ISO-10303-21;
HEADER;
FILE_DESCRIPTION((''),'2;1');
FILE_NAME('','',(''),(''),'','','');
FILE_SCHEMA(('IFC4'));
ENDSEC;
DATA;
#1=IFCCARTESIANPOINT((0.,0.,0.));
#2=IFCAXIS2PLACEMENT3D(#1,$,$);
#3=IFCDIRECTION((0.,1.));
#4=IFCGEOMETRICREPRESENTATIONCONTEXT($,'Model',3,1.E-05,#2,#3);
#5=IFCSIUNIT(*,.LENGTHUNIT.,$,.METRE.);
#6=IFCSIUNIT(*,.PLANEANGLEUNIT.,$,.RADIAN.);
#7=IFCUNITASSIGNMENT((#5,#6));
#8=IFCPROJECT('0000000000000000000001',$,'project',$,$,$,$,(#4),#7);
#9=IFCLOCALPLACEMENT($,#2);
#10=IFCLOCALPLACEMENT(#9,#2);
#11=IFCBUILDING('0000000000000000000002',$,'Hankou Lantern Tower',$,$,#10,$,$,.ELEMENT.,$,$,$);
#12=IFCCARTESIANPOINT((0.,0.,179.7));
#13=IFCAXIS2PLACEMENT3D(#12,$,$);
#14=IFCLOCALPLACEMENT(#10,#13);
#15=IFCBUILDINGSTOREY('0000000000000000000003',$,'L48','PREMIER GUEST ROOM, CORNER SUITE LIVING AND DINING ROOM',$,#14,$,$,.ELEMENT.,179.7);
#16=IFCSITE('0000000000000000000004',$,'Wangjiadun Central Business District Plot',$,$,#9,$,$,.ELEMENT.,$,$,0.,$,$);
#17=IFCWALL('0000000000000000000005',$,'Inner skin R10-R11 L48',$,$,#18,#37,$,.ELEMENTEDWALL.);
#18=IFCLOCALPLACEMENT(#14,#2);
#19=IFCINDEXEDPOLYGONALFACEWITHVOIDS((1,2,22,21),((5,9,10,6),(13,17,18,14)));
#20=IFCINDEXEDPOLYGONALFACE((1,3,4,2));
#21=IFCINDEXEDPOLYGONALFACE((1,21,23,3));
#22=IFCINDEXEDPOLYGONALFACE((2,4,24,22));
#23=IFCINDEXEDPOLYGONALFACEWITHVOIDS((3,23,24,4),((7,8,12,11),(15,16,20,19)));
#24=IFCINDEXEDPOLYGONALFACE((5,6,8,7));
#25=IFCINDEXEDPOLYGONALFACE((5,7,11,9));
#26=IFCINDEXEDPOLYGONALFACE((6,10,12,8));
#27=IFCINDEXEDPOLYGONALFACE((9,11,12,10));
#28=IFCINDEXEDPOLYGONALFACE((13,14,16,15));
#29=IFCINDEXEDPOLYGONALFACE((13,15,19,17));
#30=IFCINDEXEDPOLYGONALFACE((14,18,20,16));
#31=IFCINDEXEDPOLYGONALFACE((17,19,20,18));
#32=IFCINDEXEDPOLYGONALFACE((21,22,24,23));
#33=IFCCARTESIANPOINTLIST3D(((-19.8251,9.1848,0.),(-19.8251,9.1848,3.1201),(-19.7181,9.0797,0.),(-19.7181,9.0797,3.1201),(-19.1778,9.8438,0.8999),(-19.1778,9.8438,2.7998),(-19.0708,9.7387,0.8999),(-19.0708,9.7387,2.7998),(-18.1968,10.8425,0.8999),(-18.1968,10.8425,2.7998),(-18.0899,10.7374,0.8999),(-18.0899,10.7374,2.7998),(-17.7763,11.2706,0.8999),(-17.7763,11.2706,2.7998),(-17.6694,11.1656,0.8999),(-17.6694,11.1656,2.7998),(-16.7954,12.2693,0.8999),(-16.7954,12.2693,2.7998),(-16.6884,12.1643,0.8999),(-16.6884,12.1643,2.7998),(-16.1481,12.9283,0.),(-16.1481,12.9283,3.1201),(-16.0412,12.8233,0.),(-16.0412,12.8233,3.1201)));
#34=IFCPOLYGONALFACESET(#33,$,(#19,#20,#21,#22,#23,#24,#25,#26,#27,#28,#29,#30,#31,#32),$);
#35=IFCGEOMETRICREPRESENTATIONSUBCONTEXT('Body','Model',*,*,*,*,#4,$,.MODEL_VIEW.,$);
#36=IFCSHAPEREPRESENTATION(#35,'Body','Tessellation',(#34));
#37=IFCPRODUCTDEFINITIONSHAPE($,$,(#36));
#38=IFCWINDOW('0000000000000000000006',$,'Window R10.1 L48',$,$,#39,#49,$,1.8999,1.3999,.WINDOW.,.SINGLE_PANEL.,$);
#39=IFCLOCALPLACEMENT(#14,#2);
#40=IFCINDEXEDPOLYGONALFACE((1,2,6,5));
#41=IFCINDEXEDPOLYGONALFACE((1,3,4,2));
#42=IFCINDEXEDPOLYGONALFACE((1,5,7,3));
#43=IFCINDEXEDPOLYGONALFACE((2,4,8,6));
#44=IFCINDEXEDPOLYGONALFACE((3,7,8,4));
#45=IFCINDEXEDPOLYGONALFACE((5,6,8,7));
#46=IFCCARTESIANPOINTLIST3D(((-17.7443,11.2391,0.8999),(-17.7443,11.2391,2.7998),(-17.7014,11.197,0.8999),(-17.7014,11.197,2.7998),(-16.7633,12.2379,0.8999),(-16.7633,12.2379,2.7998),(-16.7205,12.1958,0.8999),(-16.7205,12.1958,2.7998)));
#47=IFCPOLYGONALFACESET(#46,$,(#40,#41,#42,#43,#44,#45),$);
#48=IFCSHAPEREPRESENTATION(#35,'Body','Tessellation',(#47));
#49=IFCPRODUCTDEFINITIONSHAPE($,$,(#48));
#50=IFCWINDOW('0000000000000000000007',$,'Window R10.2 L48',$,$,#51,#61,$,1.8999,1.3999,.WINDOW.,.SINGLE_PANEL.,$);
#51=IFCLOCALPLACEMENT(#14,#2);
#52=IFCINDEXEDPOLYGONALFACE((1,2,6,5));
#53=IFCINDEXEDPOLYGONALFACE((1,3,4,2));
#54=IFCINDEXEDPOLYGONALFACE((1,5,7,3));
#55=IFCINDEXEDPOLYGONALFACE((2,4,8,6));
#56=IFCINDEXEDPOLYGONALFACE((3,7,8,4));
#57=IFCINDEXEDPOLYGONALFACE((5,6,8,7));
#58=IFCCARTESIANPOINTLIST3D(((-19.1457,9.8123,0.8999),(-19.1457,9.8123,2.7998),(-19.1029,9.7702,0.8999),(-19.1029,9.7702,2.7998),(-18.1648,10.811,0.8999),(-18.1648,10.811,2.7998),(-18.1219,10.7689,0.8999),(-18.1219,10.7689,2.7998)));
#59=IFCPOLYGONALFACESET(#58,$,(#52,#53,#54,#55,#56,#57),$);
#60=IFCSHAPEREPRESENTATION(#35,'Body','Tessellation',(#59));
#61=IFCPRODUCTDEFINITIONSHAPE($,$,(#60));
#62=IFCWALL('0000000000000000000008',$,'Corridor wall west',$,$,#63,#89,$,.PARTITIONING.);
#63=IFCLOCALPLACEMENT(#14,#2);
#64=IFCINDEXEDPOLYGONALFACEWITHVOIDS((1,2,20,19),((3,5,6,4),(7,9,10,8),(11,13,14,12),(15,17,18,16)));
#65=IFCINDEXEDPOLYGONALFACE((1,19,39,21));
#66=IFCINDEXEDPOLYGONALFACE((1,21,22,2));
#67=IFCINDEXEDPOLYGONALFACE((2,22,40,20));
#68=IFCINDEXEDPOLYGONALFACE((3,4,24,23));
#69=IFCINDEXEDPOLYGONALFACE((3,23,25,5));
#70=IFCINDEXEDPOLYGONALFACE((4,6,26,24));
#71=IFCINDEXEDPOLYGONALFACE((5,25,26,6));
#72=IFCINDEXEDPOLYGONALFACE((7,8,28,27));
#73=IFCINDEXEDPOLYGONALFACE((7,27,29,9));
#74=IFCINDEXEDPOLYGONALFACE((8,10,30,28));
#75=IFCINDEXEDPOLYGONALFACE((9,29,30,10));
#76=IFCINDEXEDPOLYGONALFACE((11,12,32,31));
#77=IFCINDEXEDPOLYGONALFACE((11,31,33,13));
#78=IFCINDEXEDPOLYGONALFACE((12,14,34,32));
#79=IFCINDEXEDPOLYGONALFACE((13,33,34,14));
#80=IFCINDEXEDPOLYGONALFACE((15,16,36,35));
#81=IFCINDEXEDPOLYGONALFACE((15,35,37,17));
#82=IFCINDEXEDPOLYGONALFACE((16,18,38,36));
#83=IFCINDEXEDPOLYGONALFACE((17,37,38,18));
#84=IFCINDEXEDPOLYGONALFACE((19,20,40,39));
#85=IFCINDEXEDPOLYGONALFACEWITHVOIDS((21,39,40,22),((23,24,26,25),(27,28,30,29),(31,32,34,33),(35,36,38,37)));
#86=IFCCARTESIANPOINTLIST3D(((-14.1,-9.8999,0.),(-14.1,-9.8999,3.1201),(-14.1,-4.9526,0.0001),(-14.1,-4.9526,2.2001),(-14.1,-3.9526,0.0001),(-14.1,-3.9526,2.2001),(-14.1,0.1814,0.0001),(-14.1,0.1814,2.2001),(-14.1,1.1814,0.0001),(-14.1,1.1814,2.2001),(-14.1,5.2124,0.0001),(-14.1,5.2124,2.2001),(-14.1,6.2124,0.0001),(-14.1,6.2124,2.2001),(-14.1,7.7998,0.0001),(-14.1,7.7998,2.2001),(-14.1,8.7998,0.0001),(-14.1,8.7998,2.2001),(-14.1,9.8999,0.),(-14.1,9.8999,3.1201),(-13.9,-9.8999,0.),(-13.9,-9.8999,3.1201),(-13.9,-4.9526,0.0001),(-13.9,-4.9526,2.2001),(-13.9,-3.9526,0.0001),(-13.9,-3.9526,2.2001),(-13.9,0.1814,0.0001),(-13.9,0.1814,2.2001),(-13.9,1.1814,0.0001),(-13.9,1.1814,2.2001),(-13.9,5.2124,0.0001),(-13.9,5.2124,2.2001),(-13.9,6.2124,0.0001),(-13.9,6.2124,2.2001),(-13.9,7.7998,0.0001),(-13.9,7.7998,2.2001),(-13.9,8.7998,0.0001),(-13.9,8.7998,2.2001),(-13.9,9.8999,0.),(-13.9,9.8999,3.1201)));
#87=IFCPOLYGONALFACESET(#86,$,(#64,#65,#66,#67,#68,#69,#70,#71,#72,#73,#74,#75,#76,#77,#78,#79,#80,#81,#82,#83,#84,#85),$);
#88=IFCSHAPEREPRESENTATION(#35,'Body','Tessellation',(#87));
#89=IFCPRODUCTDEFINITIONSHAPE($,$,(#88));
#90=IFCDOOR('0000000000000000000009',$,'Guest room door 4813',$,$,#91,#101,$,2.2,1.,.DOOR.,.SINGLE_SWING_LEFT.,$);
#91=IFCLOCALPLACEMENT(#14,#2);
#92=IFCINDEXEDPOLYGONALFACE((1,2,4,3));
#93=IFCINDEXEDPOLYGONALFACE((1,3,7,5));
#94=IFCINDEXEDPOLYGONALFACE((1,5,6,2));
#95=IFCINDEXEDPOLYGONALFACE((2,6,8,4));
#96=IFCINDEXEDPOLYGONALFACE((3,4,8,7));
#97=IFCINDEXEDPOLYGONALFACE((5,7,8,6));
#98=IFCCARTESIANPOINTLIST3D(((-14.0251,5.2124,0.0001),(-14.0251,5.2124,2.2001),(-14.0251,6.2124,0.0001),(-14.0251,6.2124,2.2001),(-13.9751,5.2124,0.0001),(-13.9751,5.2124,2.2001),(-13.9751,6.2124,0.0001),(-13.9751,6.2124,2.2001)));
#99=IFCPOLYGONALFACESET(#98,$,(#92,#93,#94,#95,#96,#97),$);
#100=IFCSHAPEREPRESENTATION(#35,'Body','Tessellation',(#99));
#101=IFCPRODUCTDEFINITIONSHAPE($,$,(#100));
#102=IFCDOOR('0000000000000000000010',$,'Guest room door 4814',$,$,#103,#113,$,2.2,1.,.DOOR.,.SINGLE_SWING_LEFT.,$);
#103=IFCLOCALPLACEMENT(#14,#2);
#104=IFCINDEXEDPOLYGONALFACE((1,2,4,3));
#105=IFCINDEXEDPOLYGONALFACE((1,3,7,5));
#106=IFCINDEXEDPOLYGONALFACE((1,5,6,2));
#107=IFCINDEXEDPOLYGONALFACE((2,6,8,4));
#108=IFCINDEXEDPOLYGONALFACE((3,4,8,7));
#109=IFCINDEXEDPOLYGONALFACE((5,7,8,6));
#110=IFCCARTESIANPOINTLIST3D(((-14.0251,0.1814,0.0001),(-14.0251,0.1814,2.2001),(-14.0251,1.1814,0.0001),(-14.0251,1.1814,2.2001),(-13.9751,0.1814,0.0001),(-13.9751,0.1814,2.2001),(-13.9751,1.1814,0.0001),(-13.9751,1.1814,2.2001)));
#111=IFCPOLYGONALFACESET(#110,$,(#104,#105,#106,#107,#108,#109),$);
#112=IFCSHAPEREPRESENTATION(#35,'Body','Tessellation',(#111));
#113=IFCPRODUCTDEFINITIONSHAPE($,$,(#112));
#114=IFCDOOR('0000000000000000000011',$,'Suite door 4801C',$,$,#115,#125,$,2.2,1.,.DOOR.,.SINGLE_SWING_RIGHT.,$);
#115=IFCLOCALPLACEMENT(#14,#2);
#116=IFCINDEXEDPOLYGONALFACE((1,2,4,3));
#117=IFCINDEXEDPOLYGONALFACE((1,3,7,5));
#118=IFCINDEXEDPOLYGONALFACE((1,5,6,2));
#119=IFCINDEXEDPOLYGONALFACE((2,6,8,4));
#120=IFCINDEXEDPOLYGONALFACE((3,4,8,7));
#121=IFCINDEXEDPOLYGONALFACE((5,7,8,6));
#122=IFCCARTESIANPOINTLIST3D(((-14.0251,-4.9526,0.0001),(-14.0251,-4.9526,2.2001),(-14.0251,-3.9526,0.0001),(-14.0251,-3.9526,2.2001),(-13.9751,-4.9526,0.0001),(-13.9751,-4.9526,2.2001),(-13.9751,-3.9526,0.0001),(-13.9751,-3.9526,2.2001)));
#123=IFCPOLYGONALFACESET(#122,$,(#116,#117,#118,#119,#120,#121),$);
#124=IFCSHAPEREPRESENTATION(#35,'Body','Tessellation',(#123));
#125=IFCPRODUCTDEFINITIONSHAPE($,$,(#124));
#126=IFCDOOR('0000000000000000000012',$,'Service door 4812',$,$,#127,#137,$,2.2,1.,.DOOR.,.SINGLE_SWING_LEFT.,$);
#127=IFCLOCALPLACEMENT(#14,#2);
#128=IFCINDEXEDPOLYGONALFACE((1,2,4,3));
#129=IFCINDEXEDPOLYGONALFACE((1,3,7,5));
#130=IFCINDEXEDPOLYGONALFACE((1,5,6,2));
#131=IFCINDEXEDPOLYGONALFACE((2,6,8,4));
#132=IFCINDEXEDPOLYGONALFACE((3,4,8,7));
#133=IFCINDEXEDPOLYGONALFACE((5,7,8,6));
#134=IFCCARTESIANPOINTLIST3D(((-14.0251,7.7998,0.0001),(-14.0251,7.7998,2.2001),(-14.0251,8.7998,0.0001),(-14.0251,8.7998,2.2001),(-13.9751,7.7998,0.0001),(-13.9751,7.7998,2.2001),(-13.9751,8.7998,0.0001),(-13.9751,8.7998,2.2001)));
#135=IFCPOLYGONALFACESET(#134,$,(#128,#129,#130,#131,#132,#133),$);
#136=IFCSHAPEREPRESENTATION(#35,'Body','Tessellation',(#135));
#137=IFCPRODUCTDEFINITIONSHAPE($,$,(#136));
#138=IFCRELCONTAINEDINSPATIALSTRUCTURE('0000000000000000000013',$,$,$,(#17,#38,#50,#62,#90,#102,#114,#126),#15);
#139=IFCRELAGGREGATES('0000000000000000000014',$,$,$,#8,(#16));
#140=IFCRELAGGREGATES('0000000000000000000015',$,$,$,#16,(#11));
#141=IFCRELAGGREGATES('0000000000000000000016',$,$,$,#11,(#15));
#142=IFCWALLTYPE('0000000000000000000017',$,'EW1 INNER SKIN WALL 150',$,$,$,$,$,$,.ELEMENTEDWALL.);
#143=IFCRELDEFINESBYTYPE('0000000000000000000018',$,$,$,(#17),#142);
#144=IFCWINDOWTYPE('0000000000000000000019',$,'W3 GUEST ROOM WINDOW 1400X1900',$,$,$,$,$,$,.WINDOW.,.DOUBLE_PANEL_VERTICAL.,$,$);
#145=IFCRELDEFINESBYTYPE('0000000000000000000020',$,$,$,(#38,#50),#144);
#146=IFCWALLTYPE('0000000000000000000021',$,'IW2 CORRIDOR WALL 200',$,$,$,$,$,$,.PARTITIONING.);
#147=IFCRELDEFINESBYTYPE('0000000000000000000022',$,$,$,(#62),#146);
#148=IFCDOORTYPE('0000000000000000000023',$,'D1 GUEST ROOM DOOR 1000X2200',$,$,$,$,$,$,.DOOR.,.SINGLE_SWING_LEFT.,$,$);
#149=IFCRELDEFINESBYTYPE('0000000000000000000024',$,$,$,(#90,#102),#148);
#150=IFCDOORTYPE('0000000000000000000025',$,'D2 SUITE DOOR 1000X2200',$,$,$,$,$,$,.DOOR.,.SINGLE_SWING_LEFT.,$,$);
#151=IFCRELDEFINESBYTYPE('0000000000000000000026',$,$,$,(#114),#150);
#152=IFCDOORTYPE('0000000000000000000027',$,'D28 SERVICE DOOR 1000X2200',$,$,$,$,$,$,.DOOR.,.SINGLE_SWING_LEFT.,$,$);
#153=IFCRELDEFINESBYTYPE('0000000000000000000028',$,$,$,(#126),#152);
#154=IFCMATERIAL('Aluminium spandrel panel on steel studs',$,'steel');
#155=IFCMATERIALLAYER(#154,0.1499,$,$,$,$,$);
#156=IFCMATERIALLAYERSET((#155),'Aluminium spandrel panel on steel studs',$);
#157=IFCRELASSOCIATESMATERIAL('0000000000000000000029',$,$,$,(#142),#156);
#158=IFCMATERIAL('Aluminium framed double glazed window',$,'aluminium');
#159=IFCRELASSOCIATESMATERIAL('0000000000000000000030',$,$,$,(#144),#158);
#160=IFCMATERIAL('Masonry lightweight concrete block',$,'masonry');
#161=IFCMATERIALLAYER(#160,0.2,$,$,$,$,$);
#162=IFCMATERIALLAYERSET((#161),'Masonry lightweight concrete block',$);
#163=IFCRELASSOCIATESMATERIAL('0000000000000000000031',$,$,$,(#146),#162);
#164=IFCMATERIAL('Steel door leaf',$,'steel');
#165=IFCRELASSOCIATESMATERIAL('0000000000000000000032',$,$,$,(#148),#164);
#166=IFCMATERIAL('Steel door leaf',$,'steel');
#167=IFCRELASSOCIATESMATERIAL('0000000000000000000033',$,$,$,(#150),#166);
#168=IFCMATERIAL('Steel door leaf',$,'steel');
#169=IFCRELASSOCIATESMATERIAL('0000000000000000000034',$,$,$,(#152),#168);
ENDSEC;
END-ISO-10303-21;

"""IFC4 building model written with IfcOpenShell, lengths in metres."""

from ifc_helpers import new_model, si_unit, direction, frame, frame_2d, origin, place, context, subcontext, project, spatial, rectangle, extrude, material, layer, layer_set, type_object, element, fill, save


model = new_model("IFC4")

# Units and contexts
model_context = context("Model", 3, precision=1e-05, world=origin(), true_north=direction((0.0, 1.0)))
body_context = subcontext(model_context, "Body", "Model", "MODEL_VIEW")
ifc_project = project(units=[si_unit("LENGTHUNIT", "METRE"), si_unit("PLANEANGLEUNIT", "RADIAN")], contexts=[model_context])

# Site, building, storey
site_placement = place(None, origin())
site = spatial("IfcSite", under=ifc_project, at=site_placement, Name="Wangjiadun Central Business District Plot", CompositionType="ELEMENT", RefElevation=0.0)
building_placement = place(site_placement, origin())
building = spatial("IfcBuilding", under=site, at=building_placement, Name="Hankou Lantern Tower", CompositionType="ELEMENT")
storey_placement = place(building_placement, frame((0.0, 0.0, 179.7)))
storey = spatial("IfcBuildingStorey", under=building, at=storey_placement, Name="L48", Description="PREMIER GUEST ROOM, CORNER SUITE LIVING AND DINING ROOM", CompositionType="ELEMENT", Elevation=179.7)

# Wall, openings, windows
ifc_material_1 = material(Name="Aluminium spandrel panel on steel studs", Category="steel")
ifc_layer_1 = layer(ifc_material_1, 0.1499)
ifc_layer_set_1 = layer_set([ifc_layer_1], Name="Aluminium spandrel panel on steel studs")
wall_type_1 = type_object("IfcWallType", Name="EW1 INNER SKIN WALL 150", PredefinedType="ELEMENTEDWALL", material=ifc_layer_set_1)
wall_1_placement = place(storey_placement, frame((-16.0947, 12.8757, 0.0), z_axis=(0.0, 0.0, 1.0), x_axis=(-0.700727, -0.713429, 0.0)))
wall_1 = element("IfcWall", 1, at=wall_1_placement, inside=storey, type_object=wall_type_1, Name="Inner skin R10-R11 L48", PredefinedType="ELEMENTEDWALL", context=body_context, shape_type="SweptSolid", body=[
    extrude(rectangle(XDim=5.2473, YDim=0.1499, at=frame_2d((2.6235, 0.0))), origin(), (0.0, 0.0, 1.0), 3.1201),
])
opening_1_placement = place(wall_1_placement, frame((0.9236, 0.0, 0.8999)))
opening_1 = element("IfcOpeningElement", 2, at=opening_1_placement, cuts=wall_1, PredefinedType="OPENING", context=body_context, shape_type="SweptSolid", body=[
    extrude(rectangle(XDim=1.3999, YDim=1.8999, at=frame_2d((0.7, 0.95))), frame((0.0, 0.085, 0.0), z_axis=(0.0, -1.0, 0.0), x_axis=(1.0, 0.0, 0.0)), (0.0, 0.0, 1.0), 0.1699),
])
opening_2_placement = place(wall_1_placement, frame((2.9236, 0.0, 0.8999)))
opening_2 = element("IfcOpeningElement", 3, at=opening_2_placement, cuts=wall_1, PredefinedType="OPENING", context=body_context, shape_type="SweptSolid", body=[
    extrude(rectangle(XDim=1.3999, YDim=1.8999, at=frame_2d((0.7, 0.95))), frame((0.0, 0.085, 0.0), z_axis=(0.0, -1.0, 0.0), x_axis=(1.0, 0.0, 0.0)), (0.0, 0.0, 1.0), 0.1699),
])
ifc_material_2 = material(Name="Aluminium framed double glazed window", Category="aluminium")
window_type = type_object("IfcWindowType", Name="W3 GUEST ROOM WINDOW 1400X1900", PartitioningType="DOUBLE_PANEL_VERTICAL", PredefinedType="WINDOW", material=ifc_material_2)
window_1_placement = place(opening_1_placement, origin())
window_1 = element("IfcWindow", 4, at=window_1_placement, inside=storey, type_object=window_type, Name="Window R10.1 L48", OverallHeight=1.8999, OverallWidth=1.3999, PartitioningType="SINGLE_PANEL", PredefinedType="WINDOW", context=body_context, shape_type="SweptSolid", body=[
    extrude(rectangle(XDim=1.3999, YDim=1.8999, at=frame_2d((0.7, 0.95))), frame((0.0, 0.03, 0.0), z_axis=(0.0, -1.0, 0.0), x_axis=(1.0, 0.0, 0.0)), (0.0, 0.0, 1.0), 0.0601),
])
fill(opening_1, window_1)
window_2_placement = place(opening_2_placement, origin())
window_2 = element("IfcWindow", 5, at=window_2_placement, inside=storey, type_object=window_type, Name="Window R10.2 L48", OverallHeight=1.8999, OverallWidth=1.3999, PartitioningType="SINGLE_PANEL", PredefinedType="WINDOW", context=body_context, shape_type="SweptSolid", body=[
    extrude(rectangle(XDim=1.3999, YDim=1.8999, at=frame_2d((0.7, 0.95))), frame((0.0, 0.03, 0.0), z_axis=(0.0, -1.0, 0.0), x_axis=(1.0, 0.0, 0.0)), (0.0, 0.0, 1.0), 0.0601),
])
fill(opening_2, window_2)

# Wall, openings, doors
ifc_material_3 = material(Name="Masonry lightweight concrete block", Category="masonry")
ifc_layer_2 = layer(ifc_material_3, 0.2)
ifc_layer_set_2 = layer_set([ifc_layer_2], Name="Masonry lightweight concrete block")
wall_type_2 = type_object("IfcWallType", Name="IW2 CORRIDOR WALL 200", PredefinedType="PARTITIONING", material=ifc_layer_set_2)
wall_2_placement = place(storey_placement, frame((-14.0, 9.8999, 0.0), z_axis=(0.0, 0.0, 1.0), x_axis=(0.0, -1.0, 0.0)))
wall_2 = element("IfcWall", 6, at=wall_2_placement, inside=storey, type_object=wall_type_2, Name="Corridor wall west", PredefinedType="PARTITIONING", context=body_context, shape_type="SweptSolid", body=[
    extrude(rectangle(XDim=19.7998, YDim=0.2, at=frame_2d((9.8999, 0.0))), origin(), (0.0, 0.0, 1.0), 3.1201),
])
opening_3_placement = place(wall_2_placement, frame((13.8525, 0.0, 0.0)))
opening_3 = element("IfcOpeningElement", 7, at=opening_3_placement, cuts=wall_2, PredefinedType="OPENING", context=body_context, shape_type="SweptSolid", body=[
    extrude(rectangle(XDim=1.0, YDim=2.2, at=frame_2d((0.5, 1.1001))), frame((0.0, 0.1099, 0.0), z_axis=(0.0, -1.0, 0.0), x_axis=(1.0, 0.0, 0.0)), (0.0, 0.0, 1.0), 0.22),
])
opening_4_placement = place(wall_2_placement, frame((1.1001, 0.0, 0.0)))
opening_4 = element("IfcOpeningElement", 8, at=opening_4_placement, cuts=wall_2, PredefinedType="OPENING", context=body_context, shape_type="SweptSolid", body=[
    extrude(rectangle(XDim=1.0, YDim=2.2, at=frame_2d((0.5, 1.1001))), frame((0.0, 0.1099, 0.0), z_axis=(0.0, -1.0, 0.0), x_axis=(1.0, 0.0, 0.0)), (0.0, 0.0, 1.0), 0.22),
])
opening_5_placement = place(wall_2_placement, frame((3.6875, 0.0, 0.0)))
opening_5 = element("IfcOpeningElement", 9, at=opening_5_placement, cuts=wall_2, PredefinedType="OPENING", context=body_context, shape_type="SweptSolid", body=[
    extrude(rectangle(XDim=1.0, YDim=2.2, at=frame_2d((0.5, 1.1001))), frame((0.0, 0.1099, 0.0), z_axis=(0.0, -1.0, 0.0), x_axis=(1.0, 0.0, 0.0)), (0.0, 0.0, 1.0), 0.22),
])
opening_6_placement = place(wall_2_placement, frame((8.7185, 0.0, 0.0)))
opening_6 = element("IfcOpeningElement", 10, at=opening_6_placement, cuts=wall_2, PredefinedType="OPENING", context=body_context, shape_type="SweptSolid", body=[
    extrude(rectangle(XDim=1.0, YDim=2.2, at=frame_2d((0.5, 1.1001))), frame((0.0, 0.1099, 0.0), z_axis=(0.0, -1.0, 0.0), x_axis=(1.0, 0.0, 0.0)), (0.0, 0.0, 1.0), 0.22),
])
ifc_material_4 = material(Name="Steel door leaf", Category="steel")
door_type_1 = type_object("IfcDoorType", Name="D1 GUEST ROOM DOOR 1000X2200", OperationType="SINGLE_SWING_LEFT", PredefinedType="DOOR", material=ifc_material_4)
door_1_placement = place(opening_5_placement, origin())
door_1 = element("IfcDoor", 11, at=door_1_placement, inside=storey, type_object=door_type_1, Name="Guest room door 4813", OperationType="SINGLE_SWING_LEFT", OverallHeight=2.2, OverallWidth=1.0, PredefinedType="DOOR", context=body_context, shape_type="SweptSolid", body=[
    extrude(rectangle(XDim=1.0, YDim=2.2, at=frame_2d((0.5, 1.1001))), frame((0.0, 0.0249, 0.0), z_axis=(0.0, -1.0, 0.0), x_axis=(1.0, 0.0, 0.0)), (0.0, 0.0, 1.0), 0.05),
])
fill(opening_5, door_1)
door_2_placement = place(opening_6_placement, origin())
door_2 = element("IfcDoor", 12, at=door_2_placement, inside=storey, type_object=door_type_1, Name="Guest room door 4814", OperationType="SINGLE_SWING_LEFT", OverallHeight=2.2, OverallWidth=1.0, PredefinedType="DOOR", context=body_context, shape_type="SweptSolid", body=[
    extrude(rectangle(XDim=1.0, YDim=2.2, at=frame_2d((0.5, 1.1001))), frame((0.0, 0.0249, 0.0), z_axis=(0.0, -1.0, 0.0), x_axis=(1.0, 0.0, 0.0)), (0.0, 0.0, 1.0), 0.05),
])
fill(opening_6, door_2)
ifc_material_5 = material(Name="Steel door leaf", Category="steel")
door_type_2 = type_object("IfcDoorType", Name="D2 SUITE DOOR 1000X2200", OperationType="SINGLE_SWING_LEFT", PredefinedType="DOOR", material=ifc_material_5)
door_3_placement = place(opening_3_placement, origin())
door_3 = element("IfcDoor", 13, at=door_3_placement, inside=storey, type_object=door_type_2, Name="Suite door 4801C", OperationType="SINGLE_SWING_RIGHT", OverallHeight=2.2, OverallWidth=1.0, PredefinedType="DOOR", context=body_context, shape_type="SweptSolid", body=[
    extrude(rectangle(XDim=1.0, YDim=2.2, at=frame_2d((0.5, 1.1001))), frame((0.0, 0.0249, 0.0), z_axis=(0.0, -1.0, 0.0), x_axis=(1.0, 0.0, 0.0)), (0.0, 0.0, 1.0), 0.05),
])
fill(opening_3, door_3)
ifc_material_6 = material(Name="Steel door leaf", Category="steel")
door_type_3 = type_object("IfcDoorType", Name="D28 SERVICE DOOR 1000X2200", OperationType="SINGLE_SWING_LEFT", PredefinedType="DOOR", material=ifc_material_6)
door_4_placement = place(opening_4_placement, origin())
door_4 = element("IfcDoor", 14, at=door_4_placement, inside=storey, type_object=door_type_3, Name="Service door 4812", OperationType="SINGLE_SWING_LEFT", OverallHeight=2.2, OverallWidth=1.0, PredefinedType="DOOR", context=body_context, shape_type="SweptSolid", body=[
    extrude(rectangle(XDim=1.0, YDim=2.2, at=frame_2d((0.5, 1.1001))), frame((0.0, 0.0249, 0.0), z_axis=(0.0, -1.0, 0.0), x_axis=(1.0, 0.0, 0.0)), (0.0, 0.0, 1.0), 0.05),
])
fill(opening_4, door_4)

save(model, "model.ifc")
